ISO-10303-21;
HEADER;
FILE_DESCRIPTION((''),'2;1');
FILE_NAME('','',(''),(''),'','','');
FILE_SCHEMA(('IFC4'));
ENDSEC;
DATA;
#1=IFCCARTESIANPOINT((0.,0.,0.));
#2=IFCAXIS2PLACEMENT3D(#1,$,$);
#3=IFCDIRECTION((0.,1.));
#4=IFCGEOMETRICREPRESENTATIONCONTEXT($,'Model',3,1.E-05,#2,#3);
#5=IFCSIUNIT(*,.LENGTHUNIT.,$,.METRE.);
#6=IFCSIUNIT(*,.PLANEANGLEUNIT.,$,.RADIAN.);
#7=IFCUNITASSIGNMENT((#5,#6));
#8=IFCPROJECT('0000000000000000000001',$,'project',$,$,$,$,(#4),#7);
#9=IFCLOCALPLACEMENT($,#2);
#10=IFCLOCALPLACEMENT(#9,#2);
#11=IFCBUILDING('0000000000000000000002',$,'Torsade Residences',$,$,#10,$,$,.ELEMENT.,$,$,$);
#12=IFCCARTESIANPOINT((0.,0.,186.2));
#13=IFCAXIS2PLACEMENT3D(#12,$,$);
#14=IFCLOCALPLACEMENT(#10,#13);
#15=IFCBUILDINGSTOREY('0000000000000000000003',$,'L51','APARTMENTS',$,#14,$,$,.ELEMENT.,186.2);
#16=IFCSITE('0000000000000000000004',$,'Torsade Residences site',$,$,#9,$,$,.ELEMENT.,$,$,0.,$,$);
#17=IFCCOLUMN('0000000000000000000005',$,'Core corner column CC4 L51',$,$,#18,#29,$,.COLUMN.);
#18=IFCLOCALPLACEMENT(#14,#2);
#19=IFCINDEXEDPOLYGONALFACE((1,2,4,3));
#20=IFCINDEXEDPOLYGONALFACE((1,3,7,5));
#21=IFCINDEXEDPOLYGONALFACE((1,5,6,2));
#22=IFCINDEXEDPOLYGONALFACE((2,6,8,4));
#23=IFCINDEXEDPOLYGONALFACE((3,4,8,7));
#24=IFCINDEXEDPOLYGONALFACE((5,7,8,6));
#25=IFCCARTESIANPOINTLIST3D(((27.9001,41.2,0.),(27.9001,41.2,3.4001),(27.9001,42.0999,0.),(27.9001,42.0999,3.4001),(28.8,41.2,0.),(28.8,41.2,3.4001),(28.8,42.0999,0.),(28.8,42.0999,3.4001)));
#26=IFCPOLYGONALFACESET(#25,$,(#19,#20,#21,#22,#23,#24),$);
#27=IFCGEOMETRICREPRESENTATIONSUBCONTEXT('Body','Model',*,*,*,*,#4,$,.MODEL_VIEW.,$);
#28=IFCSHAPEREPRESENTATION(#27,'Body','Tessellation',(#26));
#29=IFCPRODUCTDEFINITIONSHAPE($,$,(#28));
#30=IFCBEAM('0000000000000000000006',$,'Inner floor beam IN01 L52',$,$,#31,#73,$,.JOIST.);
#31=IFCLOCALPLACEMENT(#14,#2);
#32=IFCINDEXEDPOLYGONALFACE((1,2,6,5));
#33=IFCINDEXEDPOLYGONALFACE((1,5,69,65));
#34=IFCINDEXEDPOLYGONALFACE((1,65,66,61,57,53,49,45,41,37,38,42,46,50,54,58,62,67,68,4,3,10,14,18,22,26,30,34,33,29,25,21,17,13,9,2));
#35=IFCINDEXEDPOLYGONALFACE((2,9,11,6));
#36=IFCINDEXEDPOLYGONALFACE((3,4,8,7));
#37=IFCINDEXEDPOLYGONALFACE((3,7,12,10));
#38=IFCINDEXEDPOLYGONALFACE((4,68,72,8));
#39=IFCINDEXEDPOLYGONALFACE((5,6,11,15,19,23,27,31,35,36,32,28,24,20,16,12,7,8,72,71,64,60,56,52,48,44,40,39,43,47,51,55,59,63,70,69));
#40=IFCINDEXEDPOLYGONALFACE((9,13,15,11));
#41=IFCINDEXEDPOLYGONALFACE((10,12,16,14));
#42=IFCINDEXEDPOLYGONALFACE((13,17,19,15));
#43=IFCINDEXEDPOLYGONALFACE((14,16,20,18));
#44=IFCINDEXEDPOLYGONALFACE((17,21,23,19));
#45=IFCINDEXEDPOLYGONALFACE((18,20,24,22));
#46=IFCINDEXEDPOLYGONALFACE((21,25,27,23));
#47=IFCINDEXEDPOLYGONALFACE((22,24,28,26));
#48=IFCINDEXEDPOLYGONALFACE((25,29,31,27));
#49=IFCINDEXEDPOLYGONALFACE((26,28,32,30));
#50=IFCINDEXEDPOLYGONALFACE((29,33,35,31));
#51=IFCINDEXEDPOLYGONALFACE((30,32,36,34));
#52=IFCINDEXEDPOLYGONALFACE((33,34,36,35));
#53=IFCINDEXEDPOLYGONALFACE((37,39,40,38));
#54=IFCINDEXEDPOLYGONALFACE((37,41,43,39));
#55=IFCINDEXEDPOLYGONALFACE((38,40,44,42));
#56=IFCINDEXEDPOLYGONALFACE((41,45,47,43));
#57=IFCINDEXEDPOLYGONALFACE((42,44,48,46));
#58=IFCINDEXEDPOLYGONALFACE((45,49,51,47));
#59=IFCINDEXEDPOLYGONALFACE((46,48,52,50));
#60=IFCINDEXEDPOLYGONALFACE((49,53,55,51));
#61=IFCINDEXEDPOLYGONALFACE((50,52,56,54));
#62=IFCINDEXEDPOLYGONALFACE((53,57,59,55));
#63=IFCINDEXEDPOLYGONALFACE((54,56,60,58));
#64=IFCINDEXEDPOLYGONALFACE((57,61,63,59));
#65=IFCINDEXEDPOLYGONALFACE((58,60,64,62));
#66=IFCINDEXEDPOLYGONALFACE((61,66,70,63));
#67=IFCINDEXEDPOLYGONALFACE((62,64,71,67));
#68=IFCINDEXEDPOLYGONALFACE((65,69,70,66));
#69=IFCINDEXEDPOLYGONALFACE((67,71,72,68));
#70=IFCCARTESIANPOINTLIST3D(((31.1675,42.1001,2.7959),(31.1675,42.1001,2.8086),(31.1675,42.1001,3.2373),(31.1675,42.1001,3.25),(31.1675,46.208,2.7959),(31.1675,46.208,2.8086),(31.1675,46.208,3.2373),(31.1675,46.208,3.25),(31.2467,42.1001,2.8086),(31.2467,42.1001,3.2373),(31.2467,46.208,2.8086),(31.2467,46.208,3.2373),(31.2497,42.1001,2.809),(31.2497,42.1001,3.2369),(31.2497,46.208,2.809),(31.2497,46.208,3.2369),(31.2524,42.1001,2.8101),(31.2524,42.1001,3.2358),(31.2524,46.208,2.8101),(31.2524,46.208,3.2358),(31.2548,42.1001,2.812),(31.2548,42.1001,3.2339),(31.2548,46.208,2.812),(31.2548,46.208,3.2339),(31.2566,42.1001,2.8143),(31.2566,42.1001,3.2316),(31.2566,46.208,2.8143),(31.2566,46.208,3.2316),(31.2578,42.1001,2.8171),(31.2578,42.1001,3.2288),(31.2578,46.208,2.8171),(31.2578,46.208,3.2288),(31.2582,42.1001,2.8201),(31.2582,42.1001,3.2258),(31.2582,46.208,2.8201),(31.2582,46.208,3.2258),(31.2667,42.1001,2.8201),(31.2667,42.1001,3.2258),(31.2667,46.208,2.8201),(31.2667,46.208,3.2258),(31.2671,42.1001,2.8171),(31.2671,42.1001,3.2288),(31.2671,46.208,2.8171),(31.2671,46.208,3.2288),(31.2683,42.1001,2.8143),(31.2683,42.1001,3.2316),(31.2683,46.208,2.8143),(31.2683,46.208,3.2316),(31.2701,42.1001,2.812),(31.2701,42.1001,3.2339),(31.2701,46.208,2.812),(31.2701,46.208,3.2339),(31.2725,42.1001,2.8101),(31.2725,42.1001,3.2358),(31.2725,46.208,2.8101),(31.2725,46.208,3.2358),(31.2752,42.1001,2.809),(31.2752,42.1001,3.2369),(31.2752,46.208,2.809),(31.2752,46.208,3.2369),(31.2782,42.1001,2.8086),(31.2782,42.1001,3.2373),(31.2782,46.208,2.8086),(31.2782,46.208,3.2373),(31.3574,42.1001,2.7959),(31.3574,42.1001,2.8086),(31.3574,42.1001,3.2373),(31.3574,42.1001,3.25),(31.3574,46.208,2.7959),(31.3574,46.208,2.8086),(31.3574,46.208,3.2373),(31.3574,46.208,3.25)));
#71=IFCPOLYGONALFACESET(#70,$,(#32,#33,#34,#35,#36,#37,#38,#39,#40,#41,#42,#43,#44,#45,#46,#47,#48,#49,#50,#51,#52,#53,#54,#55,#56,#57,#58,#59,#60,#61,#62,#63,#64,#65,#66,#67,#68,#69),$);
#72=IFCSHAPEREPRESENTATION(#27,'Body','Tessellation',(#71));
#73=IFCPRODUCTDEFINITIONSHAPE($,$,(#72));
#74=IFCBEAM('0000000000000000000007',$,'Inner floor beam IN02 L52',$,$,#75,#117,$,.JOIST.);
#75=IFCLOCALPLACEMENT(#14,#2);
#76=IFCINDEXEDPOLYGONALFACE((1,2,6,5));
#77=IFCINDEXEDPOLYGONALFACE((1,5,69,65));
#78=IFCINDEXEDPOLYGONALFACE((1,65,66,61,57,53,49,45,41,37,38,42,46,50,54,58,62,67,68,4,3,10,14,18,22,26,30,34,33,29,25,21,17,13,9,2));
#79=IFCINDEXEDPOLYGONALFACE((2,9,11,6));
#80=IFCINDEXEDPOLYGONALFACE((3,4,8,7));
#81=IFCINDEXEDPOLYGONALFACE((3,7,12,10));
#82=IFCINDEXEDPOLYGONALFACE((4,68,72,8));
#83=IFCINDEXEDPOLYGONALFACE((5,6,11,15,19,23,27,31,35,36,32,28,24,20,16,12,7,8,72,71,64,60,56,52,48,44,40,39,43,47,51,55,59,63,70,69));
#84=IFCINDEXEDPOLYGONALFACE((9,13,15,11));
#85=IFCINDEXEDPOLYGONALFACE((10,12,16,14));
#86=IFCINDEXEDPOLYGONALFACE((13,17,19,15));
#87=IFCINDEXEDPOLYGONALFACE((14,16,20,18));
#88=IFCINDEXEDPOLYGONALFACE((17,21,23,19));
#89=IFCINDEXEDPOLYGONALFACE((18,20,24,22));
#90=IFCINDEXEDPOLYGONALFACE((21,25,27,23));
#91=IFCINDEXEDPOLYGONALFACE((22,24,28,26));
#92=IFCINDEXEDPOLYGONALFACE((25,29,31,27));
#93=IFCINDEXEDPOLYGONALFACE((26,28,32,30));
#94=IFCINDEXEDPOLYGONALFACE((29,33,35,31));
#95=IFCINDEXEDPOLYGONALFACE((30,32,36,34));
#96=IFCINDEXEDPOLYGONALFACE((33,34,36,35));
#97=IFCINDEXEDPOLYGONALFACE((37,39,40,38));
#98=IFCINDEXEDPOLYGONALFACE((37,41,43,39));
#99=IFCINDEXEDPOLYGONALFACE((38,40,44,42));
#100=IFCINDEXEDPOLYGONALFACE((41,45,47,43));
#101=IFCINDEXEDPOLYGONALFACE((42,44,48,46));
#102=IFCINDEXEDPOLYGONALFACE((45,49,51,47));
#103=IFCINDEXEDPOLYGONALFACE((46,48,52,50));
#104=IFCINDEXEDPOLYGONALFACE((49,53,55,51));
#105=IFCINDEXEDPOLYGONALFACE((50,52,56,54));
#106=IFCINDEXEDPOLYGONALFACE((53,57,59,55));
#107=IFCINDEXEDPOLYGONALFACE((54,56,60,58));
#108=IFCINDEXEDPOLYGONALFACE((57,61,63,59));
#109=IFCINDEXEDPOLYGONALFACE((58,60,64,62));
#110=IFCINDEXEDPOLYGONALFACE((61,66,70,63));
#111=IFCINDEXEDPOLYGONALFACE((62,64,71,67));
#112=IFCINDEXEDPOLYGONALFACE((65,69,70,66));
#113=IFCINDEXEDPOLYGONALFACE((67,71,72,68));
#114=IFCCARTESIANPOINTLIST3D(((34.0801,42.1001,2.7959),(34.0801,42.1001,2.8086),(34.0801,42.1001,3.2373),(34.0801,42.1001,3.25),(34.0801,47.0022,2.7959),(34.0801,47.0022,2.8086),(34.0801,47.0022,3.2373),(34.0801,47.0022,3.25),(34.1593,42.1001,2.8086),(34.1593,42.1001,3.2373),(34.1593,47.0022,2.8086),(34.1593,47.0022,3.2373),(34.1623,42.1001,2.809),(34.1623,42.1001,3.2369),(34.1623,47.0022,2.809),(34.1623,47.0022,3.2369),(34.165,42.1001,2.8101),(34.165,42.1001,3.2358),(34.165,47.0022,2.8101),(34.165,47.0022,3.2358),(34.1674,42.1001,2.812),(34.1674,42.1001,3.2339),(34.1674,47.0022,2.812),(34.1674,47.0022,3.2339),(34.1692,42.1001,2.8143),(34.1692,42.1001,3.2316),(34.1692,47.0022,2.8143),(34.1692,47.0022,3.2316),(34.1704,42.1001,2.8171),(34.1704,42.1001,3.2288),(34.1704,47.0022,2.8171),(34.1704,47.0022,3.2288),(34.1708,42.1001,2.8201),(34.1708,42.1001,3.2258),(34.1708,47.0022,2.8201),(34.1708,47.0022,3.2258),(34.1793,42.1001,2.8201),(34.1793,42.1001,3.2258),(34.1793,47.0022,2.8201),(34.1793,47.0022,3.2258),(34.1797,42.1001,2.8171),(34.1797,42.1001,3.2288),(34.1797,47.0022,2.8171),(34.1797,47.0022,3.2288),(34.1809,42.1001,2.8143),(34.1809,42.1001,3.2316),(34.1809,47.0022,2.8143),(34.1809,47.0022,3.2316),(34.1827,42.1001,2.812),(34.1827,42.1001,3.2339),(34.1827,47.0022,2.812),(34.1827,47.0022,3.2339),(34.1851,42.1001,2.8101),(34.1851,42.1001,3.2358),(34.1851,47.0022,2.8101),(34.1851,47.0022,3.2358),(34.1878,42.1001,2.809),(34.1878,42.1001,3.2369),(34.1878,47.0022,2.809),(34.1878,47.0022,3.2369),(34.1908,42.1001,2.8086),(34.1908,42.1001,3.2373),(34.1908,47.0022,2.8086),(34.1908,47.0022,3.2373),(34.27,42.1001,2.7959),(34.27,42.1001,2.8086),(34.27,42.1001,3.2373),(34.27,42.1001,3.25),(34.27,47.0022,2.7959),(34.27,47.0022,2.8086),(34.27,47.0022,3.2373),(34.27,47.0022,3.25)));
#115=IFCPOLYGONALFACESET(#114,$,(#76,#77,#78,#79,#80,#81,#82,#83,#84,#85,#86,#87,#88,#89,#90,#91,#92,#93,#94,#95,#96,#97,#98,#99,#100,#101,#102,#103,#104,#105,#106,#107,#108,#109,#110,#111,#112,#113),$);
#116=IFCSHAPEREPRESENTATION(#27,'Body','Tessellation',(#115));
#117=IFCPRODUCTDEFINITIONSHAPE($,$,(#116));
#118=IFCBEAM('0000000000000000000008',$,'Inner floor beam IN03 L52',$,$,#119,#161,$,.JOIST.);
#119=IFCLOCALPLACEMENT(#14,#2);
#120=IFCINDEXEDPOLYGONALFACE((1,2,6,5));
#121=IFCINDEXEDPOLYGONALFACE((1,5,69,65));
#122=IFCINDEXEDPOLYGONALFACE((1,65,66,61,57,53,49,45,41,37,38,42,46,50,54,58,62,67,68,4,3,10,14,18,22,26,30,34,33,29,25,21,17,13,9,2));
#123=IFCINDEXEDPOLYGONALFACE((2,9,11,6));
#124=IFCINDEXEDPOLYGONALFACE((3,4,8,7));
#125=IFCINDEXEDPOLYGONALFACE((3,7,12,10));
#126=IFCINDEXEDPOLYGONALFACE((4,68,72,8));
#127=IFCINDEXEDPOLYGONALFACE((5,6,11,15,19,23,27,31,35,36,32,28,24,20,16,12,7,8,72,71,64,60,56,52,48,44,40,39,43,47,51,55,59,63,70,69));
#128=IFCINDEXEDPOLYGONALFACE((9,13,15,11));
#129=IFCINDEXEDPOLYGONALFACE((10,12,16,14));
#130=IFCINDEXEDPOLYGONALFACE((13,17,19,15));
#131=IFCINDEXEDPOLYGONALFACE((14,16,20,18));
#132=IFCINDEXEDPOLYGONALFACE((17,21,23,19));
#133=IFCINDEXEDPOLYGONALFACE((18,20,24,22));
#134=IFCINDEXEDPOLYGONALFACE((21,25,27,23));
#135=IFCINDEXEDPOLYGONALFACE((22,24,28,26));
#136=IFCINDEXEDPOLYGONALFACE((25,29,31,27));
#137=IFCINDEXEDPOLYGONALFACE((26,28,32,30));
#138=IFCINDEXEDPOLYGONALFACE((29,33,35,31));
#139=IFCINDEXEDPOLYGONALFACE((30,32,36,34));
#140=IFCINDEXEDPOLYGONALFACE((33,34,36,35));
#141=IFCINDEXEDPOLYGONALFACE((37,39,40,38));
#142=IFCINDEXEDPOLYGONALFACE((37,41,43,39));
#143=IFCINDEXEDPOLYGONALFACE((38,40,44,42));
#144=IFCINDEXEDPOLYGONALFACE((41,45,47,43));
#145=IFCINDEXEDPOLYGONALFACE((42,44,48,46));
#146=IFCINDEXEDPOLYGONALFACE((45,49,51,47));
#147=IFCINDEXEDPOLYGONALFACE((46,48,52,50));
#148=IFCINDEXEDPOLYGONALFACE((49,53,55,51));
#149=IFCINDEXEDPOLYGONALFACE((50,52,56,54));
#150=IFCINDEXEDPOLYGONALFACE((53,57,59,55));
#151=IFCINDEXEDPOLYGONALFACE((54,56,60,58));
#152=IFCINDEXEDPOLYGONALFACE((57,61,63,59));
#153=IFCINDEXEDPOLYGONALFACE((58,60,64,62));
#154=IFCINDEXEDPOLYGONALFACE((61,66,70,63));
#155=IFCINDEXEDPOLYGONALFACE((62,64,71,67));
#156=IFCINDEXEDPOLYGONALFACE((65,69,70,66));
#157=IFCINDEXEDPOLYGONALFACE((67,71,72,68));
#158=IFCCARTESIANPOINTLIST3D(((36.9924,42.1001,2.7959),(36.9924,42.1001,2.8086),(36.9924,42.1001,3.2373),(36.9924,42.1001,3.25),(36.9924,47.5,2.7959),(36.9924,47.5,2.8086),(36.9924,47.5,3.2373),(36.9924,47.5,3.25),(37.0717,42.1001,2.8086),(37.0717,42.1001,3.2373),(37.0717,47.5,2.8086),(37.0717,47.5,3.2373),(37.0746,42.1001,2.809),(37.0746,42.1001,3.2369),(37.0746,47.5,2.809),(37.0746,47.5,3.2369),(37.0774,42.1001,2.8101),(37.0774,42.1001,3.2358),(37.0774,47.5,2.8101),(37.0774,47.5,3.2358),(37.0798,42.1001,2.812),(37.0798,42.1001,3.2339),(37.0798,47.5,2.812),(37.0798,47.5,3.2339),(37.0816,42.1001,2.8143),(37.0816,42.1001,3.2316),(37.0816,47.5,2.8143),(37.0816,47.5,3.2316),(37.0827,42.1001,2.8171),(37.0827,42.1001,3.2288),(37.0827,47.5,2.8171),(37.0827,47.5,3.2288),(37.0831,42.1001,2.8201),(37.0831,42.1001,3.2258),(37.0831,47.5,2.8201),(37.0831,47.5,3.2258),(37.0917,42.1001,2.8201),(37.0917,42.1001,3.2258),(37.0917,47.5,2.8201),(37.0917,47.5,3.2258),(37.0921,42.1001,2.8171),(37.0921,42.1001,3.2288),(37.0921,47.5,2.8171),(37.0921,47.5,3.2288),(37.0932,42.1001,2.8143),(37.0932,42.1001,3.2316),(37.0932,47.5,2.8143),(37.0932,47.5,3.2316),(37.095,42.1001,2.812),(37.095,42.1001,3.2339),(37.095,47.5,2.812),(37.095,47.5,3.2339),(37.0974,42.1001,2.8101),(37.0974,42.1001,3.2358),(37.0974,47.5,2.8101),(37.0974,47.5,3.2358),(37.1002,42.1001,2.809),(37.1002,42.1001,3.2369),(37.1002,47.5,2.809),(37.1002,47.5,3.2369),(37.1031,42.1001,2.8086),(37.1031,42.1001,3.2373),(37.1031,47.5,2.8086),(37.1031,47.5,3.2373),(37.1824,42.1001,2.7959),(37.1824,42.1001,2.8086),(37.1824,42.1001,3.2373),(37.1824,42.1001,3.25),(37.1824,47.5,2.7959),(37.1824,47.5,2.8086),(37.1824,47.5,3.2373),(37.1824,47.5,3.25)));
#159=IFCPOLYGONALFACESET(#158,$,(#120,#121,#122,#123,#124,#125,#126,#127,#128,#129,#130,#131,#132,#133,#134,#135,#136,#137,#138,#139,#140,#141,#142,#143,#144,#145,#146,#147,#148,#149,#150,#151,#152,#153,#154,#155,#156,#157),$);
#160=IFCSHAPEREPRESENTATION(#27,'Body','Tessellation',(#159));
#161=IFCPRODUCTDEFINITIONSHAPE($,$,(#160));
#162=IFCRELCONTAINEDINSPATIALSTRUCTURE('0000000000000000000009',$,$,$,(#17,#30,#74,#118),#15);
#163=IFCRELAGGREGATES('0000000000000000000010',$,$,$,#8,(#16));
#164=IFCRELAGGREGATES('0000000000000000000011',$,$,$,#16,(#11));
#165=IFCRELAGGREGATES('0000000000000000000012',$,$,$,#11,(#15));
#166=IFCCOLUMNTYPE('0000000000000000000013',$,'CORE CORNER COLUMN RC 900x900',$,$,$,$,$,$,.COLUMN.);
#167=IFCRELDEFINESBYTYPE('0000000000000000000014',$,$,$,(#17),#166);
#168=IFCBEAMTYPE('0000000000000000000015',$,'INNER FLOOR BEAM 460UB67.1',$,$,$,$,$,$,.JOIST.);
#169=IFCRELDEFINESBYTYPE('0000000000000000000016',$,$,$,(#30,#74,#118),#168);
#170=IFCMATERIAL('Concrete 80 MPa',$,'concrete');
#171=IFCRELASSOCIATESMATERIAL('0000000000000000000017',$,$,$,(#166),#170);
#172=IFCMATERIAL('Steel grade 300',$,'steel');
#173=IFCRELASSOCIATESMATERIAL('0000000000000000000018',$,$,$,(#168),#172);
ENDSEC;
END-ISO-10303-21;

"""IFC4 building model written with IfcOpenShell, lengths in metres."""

from ifc_helpers import new_model, si_unit, direction, frame, origin, origin_2d, place, context, subcontext, project, spatial, rectangle, i_section, extrude, material, material_profile, profile_set, type_object, element, save


model = new_model("IFC4")

# Units and contexts
model_context = context("Model", 3, precision=1e-05, world=origin(), true_north=direction((0.0, 1.0)))
body_context = subcontext(model_context, "Body", "Model", "MODEL_VIEW")
ifc_project = project(units=[si_unit("LENGTHUNIT", "METRE"), si_unit("PLANEANGLEUNIT", "RADIAN")], contexts=[model_context])

# Site, building, storey
site_placement = place(None, origin())
site = spatial("IfcSite", under=ifc_project, at=site_placement, Name="Torsade Residences site", CompositionType="ELEMENT", RefElevation=0.0)
building_placement = place(site_placement, origin())
building = spatial("IfcBuilding", under=site, at=building_placement, Name="Torsade Residences", CompositionType="ELEMENT")
storey_placement = place(building_placement, frame((0.0, 0.0, 186.2)))
storey = spatial("IfcBuildingStorey", under=building, at=storey_placement, Name="L51", Description="APARTMENTS", CompositionType="ELEMENT", Elevation=186.2)

# Column
ifc_material_1 = material(Name="Concrete 80 MPa", Category="concrete")
ifc_material_profile_1 = material_profile(ifc_material_1, rectangle(XDim=0.8999, YDim=0.8999, at=origin_2d()), Name="RC 900x900")
ifc_profile_set_1 = profile_set([ifc_material_profile_1], Name="Concrete 80 MPa")
column_type = type_object("IfcColumnType", Name="CORE CORNER COLUMN RC 900x900", PredefinedType="COLUMN", material=ifc_profile_set_1)
column_placement = place(storey_placement, frame((28.3501, 41.6499, 0.0), z_axis=(0.0, 0.0, 1.0), x_axis=(1.0, 0.0, 0.0)))
element("IfcColumn", 1, at=column_placement, inside=storey, type_object=column_type, Name="Core corner column CC4 L51", PredefinedType="COLUMN", context=body_context, shape_type="SweptSolid", body=[
    extrude(rectangle(XDim=0.8999, YDim=0.8999, at=origin_2d()), origin(), (0.0, 0.0, 1.0), 3.4001),
])

# Beams
ifc_material_2 = material(Name="Steel grade 300", Category="steel")
ifc_material_profile_2 = material_profile(ifc_material_2, i_section(OverallWidth=0.1899, OverallDepth=0.4541, WebThickness=0.0085, FlangeThickness=0.0127, FilletRadius=0.0115, at=origin_2d()), Name="460UB67.1")
ifc_profile_set_2 = profile_set([ifc_material_profile_2], Name="Steel grade 300")
beam_type = type_object("IfcBeamType", Name="INNER FLOOR BEAM 460UB67.1", PredefinedType="JOIST", material=ifc_profile_set_2)
beam_1_placement = place(storey_placement, frame((31.2625, 42.1001, 3.0229), z_axis=(0.0, 1.0, 0.0), x_axis=(-1.0, 0.0, 0.0)))
element("IfcBeam", 2, at=beam_1_placement, inside=storey, type_object=beam_type, Name="Inner floor beam IN01 L52", PredefinedType="JOIST", context=body_context, shape_type="SweptSolid", body=[
    extrude(i_section(OverallWidth=0.1899, OverallDepth=0.4541, WebThickness=0.0085, FlangeThickness=0.0127, FilletRadius=0.0115, at=origin_2d()), origin(), (0.0, 0.0, 1.0), 4.1079),
])
beam_2_placement = place(storey_placement, frame((34.175, 42.1001, 3.0229), z_axis=(0.0, 1.0, 0.0), x_axis=(-1.0, 0.0, 0.0)))
element("IfcBeam", 3, at=beam_2_placement, inside=storey, type_object=beam_type, Name="Inner floor beam IN02 L52", PredefinedType="JOIST", context=body_context, shape_type="SweptSolid", body=[
    extrude(i_section(OverallWidth=0.1899, OverallDepth=0.4541, WebThickness=0.0085, FlangeThickness=0.0127, FilletRadius=0.0115, at=origin_2d()), origin(), (0.0, 0.0, 1.0), 4.9021),
])
beam_3_placement = place(storey_placement, frame((37.0874, 42.1001, 3.0229), z_axis=(0.0, 1.0, 0.0), x_axis=(-1.0, 0.0, 0.0)))
element("IfcBeam", 4, at=beam_3_placement, inside=storey, type_object=beam_type, Name="Inner floor beam IN03 L52", PredefinedType="JOIST", context=body_context, shape_type="SweptSolid", body=[
    extrude(i_section(OverallWidth=0.1899, OverallDepth=0.4541, WebThickness=0.0085, FlangeThickness=0.0127, FilletRadius=0.0115, at=origin_2d()), origin(), (0.0, 0.0, 1.0), 5.3999),
])

save(model, "model.ifc")
